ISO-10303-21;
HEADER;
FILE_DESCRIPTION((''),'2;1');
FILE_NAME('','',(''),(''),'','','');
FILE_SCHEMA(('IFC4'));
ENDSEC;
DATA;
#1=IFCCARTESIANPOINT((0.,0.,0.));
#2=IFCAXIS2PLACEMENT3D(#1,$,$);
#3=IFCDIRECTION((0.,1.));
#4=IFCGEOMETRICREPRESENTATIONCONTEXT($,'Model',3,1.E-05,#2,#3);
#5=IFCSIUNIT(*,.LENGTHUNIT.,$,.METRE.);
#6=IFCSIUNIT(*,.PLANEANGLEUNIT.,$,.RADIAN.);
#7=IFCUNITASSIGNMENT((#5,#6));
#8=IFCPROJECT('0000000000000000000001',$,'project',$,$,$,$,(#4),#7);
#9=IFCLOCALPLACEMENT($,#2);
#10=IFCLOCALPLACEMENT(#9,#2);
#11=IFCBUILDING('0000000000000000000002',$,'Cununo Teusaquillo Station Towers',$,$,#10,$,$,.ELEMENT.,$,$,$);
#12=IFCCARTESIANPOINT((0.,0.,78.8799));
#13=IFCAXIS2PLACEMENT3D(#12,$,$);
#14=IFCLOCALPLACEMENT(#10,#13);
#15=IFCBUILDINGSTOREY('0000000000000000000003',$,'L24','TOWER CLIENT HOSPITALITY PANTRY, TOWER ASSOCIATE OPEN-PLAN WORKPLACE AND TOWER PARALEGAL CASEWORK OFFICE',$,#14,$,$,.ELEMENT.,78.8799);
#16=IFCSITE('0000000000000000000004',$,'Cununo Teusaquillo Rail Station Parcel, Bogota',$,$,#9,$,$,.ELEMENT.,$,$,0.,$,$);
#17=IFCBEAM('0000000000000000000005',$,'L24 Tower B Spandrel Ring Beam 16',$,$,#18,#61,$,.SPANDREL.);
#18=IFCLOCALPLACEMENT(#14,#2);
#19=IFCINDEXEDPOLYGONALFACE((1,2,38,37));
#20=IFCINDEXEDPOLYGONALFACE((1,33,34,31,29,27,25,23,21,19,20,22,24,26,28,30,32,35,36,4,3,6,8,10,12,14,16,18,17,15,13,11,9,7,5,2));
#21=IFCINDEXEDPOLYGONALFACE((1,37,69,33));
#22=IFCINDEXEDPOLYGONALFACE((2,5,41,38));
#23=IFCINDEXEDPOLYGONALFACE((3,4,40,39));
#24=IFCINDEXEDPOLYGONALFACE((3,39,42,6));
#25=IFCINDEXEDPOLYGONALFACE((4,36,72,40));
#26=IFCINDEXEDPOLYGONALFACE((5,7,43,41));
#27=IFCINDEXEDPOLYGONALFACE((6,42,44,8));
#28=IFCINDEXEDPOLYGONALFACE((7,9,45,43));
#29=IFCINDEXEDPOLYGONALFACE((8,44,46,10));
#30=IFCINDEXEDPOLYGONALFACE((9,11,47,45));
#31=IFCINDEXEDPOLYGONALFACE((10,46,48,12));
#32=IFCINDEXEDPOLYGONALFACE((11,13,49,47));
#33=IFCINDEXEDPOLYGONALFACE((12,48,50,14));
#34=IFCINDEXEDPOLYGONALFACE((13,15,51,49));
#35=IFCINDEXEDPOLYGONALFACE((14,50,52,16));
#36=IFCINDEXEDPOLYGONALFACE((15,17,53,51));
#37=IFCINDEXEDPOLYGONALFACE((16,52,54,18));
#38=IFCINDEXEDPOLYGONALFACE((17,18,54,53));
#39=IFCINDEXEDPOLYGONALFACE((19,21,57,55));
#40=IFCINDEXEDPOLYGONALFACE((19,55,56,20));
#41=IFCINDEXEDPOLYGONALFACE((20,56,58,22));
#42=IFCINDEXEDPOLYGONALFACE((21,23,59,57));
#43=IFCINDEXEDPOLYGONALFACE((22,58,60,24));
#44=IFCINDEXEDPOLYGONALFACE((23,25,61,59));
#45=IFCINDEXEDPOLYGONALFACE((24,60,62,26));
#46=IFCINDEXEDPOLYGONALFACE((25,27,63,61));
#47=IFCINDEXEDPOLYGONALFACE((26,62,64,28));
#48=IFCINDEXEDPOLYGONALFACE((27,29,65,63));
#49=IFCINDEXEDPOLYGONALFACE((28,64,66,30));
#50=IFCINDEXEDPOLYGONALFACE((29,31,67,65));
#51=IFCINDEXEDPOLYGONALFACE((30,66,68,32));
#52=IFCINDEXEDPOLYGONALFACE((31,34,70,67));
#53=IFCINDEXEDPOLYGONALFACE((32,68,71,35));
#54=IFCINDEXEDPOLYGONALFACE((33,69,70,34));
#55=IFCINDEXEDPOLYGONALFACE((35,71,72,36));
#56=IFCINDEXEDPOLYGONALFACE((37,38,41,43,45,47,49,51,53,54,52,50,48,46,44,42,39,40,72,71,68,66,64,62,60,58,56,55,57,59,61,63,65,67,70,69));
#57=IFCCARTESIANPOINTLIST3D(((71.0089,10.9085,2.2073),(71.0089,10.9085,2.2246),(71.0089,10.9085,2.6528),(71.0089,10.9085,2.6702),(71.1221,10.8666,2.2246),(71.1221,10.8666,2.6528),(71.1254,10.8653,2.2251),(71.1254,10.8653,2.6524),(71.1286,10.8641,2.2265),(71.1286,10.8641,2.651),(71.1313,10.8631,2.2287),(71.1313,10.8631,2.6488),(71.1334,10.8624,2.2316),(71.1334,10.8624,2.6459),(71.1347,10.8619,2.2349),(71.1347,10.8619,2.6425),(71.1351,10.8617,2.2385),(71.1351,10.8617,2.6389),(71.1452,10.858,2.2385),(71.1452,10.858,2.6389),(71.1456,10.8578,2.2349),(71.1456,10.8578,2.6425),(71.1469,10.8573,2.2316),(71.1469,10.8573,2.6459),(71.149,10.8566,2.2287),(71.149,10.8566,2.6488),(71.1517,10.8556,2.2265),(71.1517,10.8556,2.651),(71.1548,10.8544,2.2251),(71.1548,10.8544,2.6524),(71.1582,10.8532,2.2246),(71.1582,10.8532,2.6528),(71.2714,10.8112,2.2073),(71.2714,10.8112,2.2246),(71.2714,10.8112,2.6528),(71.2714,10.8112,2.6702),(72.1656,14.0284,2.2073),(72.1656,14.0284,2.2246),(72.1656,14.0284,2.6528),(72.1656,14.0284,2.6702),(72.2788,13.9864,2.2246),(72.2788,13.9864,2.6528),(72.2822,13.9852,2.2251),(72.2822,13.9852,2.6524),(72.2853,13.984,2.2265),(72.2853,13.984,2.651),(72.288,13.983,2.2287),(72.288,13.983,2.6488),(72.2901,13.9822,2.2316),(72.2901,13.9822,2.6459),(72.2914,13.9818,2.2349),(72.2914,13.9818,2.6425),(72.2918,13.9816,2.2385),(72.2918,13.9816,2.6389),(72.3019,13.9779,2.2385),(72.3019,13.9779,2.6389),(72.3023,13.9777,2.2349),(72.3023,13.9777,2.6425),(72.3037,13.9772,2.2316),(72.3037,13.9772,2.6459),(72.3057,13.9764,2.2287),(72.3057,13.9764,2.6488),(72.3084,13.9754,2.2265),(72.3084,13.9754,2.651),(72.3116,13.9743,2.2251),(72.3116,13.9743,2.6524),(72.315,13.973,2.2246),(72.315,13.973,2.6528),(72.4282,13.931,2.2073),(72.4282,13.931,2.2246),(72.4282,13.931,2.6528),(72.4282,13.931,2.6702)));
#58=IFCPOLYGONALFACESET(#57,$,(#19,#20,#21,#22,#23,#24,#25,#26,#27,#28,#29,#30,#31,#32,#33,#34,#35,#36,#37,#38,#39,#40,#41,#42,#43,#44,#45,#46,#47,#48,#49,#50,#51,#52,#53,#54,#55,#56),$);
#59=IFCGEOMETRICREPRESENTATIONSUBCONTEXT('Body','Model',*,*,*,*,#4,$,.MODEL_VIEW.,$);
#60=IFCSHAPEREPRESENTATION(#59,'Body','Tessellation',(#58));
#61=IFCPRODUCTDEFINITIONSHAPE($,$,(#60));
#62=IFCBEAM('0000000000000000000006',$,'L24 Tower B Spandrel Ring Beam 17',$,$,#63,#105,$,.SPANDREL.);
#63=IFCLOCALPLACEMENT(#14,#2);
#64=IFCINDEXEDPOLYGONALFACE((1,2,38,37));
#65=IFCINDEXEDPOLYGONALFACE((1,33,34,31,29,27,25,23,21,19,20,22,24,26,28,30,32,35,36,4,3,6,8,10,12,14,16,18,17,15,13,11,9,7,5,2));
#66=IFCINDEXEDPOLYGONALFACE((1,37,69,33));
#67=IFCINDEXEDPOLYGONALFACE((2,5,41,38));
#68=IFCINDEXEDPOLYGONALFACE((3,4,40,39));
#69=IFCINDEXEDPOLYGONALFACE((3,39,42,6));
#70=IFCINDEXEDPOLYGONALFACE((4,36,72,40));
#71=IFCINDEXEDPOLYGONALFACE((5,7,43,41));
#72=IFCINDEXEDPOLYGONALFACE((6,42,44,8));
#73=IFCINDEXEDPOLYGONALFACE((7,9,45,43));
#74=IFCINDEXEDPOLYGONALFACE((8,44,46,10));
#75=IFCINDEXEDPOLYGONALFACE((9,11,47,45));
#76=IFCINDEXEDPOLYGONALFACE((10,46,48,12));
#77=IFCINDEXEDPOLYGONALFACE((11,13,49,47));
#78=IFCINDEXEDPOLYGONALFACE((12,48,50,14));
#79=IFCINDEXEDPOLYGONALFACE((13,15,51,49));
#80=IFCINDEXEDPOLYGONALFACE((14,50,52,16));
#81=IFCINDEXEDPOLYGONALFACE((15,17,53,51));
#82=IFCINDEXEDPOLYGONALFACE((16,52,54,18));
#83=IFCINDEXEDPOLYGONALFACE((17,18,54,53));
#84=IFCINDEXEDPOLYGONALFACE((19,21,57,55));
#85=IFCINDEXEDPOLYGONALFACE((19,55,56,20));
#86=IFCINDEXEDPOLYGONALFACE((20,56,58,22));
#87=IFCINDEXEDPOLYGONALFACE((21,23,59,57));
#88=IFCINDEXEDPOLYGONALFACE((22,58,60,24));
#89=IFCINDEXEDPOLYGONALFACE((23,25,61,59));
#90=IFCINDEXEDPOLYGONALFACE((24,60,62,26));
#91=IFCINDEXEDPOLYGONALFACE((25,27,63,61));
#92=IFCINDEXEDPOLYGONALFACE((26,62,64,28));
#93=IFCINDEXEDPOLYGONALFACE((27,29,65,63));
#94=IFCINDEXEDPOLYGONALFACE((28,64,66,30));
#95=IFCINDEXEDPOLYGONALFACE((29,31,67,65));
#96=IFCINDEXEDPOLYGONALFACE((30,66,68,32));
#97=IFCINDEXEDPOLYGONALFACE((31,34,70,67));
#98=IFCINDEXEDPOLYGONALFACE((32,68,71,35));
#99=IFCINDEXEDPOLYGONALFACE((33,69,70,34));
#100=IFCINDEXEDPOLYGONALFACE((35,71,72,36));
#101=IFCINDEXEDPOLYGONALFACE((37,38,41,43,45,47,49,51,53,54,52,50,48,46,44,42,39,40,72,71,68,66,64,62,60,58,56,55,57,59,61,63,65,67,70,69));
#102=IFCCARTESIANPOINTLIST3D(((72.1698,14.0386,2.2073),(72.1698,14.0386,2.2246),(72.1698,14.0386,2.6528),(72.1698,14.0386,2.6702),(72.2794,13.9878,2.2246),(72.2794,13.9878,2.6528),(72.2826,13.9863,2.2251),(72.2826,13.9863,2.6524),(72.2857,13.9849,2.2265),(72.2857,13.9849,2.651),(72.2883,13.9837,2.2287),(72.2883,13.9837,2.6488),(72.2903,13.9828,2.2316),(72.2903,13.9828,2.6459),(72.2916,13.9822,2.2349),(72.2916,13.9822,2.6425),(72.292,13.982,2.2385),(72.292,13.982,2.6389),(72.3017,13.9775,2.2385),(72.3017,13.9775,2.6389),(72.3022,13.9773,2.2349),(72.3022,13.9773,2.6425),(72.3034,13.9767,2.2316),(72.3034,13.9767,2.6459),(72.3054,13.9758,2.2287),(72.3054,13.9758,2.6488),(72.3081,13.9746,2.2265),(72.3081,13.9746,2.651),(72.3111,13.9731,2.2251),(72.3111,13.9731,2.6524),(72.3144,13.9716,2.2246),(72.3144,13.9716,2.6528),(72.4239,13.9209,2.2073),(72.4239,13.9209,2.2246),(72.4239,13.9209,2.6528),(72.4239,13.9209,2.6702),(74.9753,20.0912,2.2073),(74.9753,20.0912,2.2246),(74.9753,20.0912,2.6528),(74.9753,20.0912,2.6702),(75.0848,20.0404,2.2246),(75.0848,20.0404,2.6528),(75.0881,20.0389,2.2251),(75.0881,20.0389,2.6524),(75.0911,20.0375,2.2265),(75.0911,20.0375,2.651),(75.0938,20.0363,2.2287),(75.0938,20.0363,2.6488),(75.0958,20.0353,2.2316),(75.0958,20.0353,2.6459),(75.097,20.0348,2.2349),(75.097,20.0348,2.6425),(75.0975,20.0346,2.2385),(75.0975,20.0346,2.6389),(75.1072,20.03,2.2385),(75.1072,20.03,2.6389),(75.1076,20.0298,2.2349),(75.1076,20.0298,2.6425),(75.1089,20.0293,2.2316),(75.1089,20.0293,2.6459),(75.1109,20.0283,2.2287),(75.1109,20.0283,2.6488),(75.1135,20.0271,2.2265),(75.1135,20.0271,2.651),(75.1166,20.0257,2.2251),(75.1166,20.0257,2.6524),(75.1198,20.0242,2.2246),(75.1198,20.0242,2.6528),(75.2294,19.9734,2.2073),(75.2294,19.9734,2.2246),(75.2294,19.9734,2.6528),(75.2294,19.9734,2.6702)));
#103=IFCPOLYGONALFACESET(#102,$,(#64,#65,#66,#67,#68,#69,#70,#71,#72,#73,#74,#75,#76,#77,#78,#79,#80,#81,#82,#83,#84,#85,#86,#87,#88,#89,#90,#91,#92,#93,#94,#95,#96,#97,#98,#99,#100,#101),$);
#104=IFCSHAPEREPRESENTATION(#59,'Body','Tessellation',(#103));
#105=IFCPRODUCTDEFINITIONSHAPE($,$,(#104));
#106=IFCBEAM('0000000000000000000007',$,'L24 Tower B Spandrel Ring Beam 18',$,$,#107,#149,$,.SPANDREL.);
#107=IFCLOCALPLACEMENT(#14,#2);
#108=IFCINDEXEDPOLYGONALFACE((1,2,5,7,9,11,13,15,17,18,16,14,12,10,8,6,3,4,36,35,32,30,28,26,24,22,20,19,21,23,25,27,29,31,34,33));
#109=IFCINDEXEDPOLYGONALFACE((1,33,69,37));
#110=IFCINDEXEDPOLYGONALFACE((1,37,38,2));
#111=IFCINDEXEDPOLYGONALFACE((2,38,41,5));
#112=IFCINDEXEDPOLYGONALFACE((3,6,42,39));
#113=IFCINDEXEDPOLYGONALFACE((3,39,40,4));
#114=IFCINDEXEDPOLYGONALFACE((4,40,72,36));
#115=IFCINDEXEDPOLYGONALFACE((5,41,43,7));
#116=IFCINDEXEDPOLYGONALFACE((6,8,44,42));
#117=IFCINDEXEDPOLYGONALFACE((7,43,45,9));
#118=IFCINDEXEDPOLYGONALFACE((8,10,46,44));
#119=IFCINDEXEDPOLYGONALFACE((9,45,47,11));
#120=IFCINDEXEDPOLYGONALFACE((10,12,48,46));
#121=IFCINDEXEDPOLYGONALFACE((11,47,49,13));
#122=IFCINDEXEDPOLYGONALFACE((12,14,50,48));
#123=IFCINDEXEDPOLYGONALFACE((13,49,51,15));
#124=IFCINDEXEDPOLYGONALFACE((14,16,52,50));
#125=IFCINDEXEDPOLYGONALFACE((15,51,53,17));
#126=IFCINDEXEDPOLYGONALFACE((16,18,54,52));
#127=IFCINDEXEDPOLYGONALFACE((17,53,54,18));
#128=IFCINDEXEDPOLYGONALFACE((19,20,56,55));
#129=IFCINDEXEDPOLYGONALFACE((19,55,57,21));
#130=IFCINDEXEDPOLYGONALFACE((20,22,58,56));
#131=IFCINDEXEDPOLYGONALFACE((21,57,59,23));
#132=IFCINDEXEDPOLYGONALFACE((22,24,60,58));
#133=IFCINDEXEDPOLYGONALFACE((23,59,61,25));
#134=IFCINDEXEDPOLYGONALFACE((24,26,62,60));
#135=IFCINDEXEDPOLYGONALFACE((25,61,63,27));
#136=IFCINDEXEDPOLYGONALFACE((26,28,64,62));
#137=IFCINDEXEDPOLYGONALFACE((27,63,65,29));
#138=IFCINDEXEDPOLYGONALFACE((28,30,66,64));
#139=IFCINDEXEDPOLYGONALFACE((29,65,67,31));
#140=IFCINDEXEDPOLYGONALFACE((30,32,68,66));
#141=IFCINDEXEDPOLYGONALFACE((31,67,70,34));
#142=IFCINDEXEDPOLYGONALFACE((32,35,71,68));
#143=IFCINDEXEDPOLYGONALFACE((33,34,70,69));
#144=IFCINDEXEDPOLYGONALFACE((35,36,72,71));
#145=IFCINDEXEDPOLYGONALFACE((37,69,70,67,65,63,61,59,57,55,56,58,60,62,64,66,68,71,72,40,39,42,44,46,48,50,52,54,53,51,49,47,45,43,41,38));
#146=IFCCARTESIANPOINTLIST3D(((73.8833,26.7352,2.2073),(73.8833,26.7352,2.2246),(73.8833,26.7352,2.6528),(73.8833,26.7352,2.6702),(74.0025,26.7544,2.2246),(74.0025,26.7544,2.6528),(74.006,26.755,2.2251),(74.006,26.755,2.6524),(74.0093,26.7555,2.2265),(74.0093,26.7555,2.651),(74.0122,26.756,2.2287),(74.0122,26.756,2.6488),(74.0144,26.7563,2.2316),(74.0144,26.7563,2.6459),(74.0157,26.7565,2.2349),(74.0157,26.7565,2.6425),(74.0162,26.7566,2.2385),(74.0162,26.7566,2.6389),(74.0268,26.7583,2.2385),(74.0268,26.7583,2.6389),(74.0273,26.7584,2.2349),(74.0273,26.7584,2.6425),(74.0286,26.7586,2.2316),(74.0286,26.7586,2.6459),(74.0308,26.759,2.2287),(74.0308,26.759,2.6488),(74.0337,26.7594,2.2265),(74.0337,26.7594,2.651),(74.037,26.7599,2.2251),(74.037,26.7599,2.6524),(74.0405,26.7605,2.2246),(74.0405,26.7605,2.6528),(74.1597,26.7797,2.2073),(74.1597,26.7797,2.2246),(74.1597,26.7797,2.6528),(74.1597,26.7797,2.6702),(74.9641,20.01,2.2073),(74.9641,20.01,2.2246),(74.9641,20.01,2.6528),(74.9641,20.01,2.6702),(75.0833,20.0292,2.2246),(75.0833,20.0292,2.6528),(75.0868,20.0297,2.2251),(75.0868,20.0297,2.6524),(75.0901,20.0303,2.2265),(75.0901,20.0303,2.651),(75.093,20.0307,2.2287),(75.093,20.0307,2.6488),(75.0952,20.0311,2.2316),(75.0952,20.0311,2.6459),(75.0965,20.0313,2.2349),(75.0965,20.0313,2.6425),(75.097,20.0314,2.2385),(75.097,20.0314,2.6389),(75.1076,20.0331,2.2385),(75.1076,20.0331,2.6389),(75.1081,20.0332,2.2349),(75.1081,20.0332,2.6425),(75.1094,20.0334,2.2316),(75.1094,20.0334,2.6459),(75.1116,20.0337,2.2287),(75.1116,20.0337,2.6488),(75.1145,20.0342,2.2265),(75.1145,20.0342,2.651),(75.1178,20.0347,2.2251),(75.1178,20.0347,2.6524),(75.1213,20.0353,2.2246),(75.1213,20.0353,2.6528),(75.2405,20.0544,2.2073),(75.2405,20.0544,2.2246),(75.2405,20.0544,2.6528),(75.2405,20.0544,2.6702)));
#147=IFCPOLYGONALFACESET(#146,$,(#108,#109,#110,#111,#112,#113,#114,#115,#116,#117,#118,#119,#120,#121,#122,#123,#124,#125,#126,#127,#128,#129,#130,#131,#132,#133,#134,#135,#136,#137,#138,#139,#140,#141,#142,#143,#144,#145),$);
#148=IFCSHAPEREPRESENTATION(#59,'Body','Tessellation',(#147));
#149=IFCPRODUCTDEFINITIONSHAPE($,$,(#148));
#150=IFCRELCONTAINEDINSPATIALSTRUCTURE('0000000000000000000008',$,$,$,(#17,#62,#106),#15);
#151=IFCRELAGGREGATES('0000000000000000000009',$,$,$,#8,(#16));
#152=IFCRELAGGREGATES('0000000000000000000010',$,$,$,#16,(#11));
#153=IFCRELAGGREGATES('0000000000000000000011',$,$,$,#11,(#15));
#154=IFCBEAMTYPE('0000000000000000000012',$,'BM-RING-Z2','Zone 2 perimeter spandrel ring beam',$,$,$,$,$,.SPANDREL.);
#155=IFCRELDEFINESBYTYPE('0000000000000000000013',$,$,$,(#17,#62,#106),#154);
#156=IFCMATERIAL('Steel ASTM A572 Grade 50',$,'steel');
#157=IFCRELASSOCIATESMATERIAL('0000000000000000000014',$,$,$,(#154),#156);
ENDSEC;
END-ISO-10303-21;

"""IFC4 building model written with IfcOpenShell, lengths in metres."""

from ifc_helpers import new_model, si_unit, direction, frame, origin, origin_2d, place, context, subcontext, project, spatial, i_section, extrude, material, material_profile, profile_set, type_object, element, save


model = new_model("IFC4")

# Units and contexts
model_context = context("Model", 3, precision=1e-05, world=origin(), true_north=direction((0.0, 1.0)))
body_context = subcontext(model_context, "Body", "Model", "MODEL_VIEW")
ifc_project = project(units=[si_unit("LENGTHUNIT", "METRE"), si_unit("PLANEANGLEUNIT", "RADIAN")], contexts=[model_context])

# Site, building, storey
site_placement = place(None, origin())
site = spatial("IfcSite", under=ifc_project, at=site_placement, Name="Cununo Teusaquillo Rail Station Parcel, Bogota", CompositionType="ELEMENT", RefElevation=0.0)
building_placement = place(site_placement, origin())
building = spatial("IfcBuilding", under=site, at=building_placement, Name="Cununo Teusaquillo Station Towers", CompositionType="ELEMENT")
storey_placement = place(building_placement, frame((0.0, 0.0, 78.8799)))
storey = spatial("IfcBuildingStorey", under=building, at=storey_placement, Name="L24", Description="TOWER CLIENT HOSPITALITY PANTRY, TOWER ASSOCIATE OPEN-PLAN WORKPLACE AND TOWER PARALEGAL CASEWORK OFFICE", CompositionType="ELEMENT", Elevation=78.8799)

# Beams
ifc_material_1 = material(Name="Steel ASTM A572 Grade 50", Category="steel")
ifc_material_profile_1 = material_profile(ifc_material_1, i_section(OverallWidth=0.28, OverallDepth=0.4629, WebThickness=0.0107, FlangeThickness=0.0173, FilletRadius=0.0139, at=origin_2d()), Name="W18X76")
ifc_profile_set_1 = profile_set([ifc_material_profile_1], Name="Steel ASTM A572 Grade 50")
beam_type_1 = type_object("IfcBeamType", Name="BM-RING-Z2", Description="Zone 2 perimeter spandrel ring beam", PredefinedType="SPANDREL", material=ifc_profile_set_1)
for number, where, z_axis, x_axis, name in (
    (1, (71.1401, 10.8599, 2.4387), (0.347639, 0.937628, 0.0), (-0.937628, 0.347639, 0.0), "L24 Tower B Spandrel Ring Beam 16"),
):
    element("IfcBeam", number, at=place(storey_placement, frame(where, z_axis=z_axis, x_axis=x_axis)), inside=storey, type_object=beam_type_1, Name=name, PredefinedType="SPANDREL", context=body_context, shape_type="SweptSolid", body=[
        extrude(i_section(OverallWidth=0.28, OverallDepth=0.4629, WebThickness=0.0107, FlangeThickness=0.0173, FilletRadius=0.0139, at=origin_2d()), origin(), (0.0, 0.0, 1.0), 3.3274),
    ])
beam_1_placement = place(storey_placement, frame((72.2969, 13.9797, 2.4387), z_axis=(0.420536, 0.907276, 0.0), x_axis=(-0.907276, 0.420536, 0.0)))
element("IfcBeam", 2, at=beam_1_placement, inside=storey, type_object=beam_type_1, Name="L24 Tower B Spandrel Ring Beam 17", PredefinedType="SPANDREL", context=body_context, shape_type="SweptSolid", body=[
    extrude(i_section(OverallWidth=0.28, OverallDepth=0.4629, WebThickness=0.0107, FlangeThickness=0.0173, FilletRadius=0.0139, at=origin_2d()), origin(), (0.0, 0.0, 1.0), 6.6711),
])
beam_2_placement = place(storey_placement, frame((75.1023, 20.0322, 2.4387), z_axis=(-0.158671, 0.987331, 0.0), x_axis=(-0.987331, -0.158671, 0.0)))
element("IfcBeam", 3, at=beam_2_placement, inside=storey, type_object=beam_type_1, Name="L24 Tower B Spandrel Ring Beam 18", PredefinedType="SPANDREL", context=body_context, shape_type="SweptSolid", body=[
    extrude(i_section(OverallWidth=0.28, OverallDepth=0.4629, WebThickness=0.0107, FlangeThickness=0.0173, FilletRadius=0.0139, at=origin_2d()), origin(), (0.0, 0.0, 1.0), 6.8115),
])

save(model, "model.ifc")
